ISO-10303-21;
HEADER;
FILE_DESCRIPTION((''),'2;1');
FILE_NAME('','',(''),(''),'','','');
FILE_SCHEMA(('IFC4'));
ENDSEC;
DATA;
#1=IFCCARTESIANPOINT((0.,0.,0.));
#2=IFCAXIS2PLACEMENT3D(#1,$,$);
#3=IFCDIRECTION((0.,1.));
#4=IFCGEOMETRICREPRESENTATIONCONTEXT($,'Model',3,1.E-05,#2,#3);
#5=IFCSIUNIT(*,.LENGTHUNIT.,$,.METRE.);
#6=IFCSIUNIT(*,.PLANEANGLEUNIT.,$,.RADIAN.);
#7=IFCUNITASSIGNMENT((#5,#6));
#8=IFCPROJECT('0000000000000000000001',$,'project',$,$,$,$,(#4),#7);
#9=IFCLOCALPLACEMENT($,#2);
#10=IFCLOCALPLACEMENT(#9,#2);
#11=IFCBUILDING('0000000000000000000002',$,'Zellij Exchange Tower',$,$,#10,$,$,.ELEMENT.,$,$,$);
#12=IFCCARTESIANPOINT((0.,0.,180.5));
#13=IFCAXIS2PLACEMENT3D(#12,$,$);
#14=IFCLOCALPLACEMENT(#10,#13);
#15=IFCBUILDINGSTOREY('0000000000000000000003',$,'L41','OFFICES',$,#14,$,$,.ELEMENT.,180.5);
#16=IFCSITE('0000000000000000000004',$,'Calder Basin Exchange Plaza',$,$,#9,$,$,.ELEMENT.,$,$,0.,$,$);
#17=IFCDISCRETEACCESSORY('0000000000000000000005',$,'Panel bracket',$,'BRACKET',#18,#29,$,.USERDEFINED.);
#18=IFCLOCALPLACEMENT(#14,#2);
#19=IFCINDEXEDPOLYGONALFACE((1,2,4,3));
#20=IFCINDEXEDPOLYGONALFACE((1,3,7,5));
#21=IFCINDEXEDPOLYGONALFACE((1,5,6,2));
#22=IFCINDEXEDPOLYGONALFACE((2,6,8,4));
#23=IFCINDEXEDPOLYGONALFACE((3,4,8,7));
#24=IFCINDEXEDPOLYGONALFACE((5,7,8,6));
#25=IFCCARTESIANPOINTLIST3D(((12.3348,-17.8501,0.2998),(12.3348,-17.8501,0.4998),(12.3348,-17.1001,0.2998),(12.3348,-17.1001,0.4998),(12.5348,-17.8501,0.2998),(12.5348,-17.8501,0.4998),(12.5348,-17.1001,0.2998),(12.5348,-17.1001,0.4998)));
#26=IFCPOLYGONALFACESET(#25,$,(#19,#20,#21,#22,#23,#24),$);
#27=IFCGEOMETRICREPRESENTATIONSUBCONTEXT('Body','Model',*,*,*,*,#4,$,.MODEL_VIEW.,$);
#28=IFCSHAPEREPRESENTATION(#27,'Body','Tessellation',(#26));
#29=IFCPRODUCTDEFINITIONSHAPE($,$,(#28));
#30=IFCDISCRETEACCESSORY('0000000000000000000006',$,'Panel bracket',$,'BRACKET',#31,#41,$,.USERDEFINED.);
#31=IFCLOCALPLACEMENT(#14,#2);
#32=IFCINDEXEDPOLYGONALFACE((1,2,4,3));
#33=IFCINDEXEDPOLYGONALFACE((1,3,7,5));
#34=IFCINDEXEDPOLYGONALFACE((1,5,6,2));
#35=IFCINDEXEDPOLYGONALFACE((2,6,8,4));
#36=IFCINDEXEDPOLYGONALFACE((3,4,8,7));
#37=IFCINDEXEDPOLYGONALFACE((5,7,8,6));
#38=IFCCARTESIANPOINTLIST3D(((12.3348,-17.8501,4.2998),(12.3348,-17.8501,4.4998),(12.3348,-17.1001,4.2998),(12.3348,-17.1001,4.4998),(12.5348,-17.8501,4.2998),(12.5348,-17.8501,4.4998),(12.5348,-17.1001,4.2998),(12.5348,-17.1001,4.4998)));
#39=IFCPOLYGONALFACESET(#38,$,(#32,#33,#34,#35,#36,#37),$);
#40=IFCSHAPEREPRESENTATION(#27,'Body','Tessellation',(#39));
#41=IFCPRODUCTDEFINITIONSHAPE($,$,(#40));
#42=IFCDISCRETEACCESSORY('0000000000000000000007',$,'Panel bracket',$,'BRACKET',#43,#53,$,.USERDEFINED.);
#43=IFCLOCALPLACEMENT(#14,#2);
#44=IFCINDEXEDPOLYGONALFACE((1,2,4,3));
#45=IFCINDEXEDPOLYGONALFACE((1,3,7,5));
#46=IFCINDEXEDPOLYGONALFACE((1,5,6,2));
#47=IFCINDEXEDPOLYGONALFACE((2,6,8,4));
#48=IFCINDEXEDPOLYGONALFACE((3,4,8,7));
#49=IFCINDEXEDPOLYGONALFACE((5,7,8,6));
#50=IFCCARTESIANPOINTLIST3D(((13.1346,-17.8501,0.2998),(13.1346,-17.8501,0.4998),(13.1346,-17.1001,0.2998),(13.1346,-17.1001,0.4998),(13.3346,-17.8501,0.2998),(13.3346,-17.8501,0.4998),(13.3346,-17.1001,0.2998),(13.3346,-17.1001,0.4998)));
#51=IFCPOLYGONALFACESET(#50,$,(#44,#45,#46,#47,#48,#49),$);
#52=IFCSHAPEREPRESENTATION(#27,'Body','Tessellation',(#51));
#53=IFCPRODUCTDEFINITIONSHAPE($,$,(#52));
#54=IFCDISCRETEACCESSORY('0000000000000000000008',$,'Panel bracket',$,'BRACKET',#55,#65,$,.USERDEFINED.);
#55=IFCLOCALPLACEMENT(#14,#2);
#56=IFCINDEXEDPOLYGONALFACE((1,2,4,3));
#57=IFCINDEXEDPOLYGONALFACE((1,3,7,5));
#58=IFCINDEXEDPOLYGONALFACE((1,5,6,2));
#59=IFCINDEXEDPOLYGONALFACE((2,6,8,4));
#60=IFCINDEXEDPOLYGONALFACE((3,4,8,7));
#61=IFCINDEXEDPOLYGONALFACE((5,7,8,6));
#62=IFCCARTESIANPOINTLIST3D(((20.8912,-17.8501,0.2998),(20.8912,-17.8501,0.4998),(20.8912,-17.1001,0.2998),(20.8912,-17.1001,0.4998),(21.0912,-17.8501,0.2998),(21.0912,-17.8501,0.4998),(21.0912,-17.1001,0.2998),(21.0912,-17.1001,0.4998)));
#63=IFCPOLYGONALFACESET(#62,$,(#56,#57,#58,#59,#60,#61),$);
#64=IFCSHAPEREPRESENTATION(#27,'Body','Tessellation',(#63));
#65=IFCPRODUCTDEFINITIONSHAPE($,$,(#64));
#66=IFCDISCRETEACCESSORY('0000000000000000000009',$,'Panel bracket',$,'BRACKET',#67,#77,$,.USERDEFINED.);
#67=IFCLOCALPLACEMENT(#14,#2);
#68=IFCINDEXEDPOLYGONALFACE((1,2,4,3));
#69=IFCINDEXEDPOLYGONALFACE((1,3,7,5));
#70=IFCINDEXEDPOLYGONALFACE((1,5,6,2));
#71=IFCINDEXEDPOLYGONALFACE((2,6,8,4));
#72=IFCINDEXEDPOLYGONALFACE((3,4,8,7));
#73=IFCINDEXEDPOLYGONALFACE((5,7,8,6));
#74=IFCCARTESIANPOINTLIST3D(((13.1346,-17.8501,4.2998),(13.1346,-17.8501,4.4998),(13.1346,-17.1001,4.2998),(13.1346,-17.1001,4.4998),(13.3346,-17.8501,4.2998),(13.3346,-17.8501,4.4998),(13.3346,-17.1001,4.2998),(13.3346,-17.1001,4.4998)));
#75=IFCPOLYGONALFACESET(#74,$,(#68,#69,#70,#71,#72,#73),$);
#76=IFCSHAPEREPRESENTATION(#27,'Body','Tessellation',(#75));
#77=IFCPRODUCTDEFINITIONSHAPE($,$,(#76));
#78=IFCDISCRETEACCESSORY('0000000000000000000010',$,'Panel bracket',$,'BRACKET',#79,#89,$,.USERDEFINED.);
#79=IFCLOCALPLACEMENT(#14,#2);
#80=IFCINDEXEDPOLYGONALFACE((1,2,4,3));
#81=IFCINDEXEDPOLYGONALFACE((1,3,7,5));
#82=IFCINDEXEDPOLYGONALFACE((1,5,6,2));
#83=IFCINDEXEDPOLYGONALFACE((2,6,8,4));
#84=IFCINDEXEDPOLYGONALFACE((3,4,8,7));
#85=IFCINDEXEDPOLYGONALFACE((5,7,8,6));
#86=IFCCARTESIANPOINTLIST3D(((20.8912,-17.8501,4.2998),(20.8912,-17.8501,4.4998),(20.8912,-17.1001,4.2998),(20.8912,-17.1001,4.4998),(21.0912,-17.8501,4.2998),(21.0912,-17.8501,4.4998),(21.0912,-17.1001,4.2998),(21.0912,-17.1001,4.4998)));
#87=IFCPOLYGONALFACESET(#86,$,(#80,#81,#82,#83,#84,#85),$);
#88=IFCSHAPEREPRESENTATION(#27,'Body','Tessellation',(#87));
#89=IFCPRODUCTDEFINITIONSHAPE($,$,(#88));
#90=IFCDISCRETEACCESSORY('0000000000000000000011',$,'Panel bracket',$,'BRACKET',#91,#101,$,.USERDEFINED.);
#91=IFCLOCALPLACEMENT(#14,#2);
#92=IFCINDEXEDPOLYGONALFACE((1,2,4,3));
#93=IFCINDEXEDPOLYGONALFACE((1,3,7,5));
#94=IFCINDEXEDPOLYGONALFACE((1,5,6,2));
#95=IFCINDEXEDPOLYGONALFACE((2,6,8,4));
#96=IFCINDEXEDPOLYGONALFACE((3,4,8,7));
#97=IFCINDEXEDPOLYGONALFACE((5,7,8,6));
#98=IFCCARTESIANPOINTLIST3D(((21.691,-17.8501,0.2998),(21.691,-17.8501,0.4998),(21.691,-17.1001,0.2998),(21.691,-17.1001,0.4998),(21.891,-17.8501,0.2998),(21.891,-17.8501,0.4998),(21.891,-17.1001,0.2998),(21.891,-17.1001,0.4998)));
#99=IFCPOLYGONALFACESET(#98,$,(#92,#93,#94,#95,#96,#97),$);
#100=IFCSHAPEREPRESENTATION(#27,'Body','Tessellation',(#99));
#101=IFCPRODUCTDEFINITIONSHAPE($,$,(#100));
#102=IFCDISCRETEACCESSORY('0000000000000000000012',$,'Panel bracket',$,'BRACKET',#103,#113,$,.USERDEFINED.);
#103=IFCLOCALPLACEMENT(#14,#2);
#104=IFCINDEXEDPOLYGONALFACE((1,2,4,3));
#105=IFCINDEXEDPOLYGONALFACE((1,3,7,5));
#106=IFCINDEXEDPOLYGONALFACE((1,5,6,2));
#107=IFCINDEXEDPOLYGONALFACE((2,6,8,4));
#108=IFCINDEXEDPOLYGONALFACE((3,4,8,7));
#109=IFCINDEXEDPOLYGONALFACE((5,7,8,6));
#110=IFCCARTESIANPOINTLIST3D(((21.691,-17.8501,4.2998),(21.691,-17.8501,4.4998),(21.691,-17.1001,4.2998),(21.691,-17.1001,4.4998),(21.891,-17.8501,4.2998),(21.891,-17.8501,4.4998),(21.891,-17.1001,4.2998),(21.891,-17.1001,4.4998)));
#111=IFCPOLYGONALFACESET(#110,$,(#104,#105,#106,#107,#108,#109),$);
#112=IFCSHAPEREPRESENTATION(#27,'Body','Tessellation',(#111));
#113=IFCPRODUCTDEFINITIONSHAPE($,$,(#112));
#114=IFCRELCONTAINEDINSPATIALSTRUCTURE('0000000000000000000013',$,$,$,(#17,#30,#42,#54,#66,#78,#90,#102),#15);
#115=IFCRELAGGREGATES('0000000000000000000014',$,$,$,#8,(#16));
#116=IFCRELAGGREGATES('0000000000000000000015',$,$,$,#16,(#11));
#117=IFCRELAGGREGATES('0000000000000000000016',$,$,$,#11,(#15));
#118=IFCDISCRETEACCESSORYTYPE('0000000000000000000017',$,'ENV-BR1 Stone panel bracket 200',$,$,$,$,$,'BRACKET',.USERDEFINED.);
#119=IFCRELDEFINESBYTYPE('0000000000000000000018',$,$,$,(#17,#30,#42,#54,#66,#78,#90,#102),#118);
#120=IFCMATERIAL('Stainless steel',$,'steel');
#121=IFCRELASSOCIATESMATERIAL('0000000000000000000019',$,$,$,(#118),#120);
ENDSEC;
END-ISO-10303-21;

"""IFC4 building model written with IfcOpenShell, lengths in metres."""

from ifc_helpers import new_model, si_unit, direction, frame, origin, origin_2d, place, context, subcontext, project, spatial, rectangle, extrude, material, type_object, element, save


model = new_model("IFC4")

# Units and contexts
model_context = context("Model", 3, precision=1e-05, world=origin(), true_north=direction((0.0, 1.0)))
body_context = subcontext(model_context, "Body", "Model", "MODEL_VIEW")
ifc_project = project(units=[si_unit("LENGTHUNIT", "METRE"), si_unit("PLANEANGLEUNIT", "RADIAN")], contexts=[model_context])

# Site, building, storey
site_placement = place(None, origin())
site = spatial("IfcSite", under=ifc_project, at=site_placement, Name="Calder Basin Exchange Plaza", CompositionType="ELEMENT", RefElevation=0.0)
building_placement = place(site_placement, origin())
building = spatial("IfcBuilding", under=site, at=building_placement, Name="Zellij Exchange Tower", CompositionType="ELEMENT")
storey_placement = place(building_placement, frame((0.0, 0.0, 180.5)))
storey = spatial("IfcBuildingStorey", under=building, at=storey_placement, Name="L41", Description="OFFICES", CompositionType="ELEMENT", Elevation=180.5)

# Shared definitions
ifc_material_1 = material(Name="Stainless steel", Category="steel")

# Discrete accessories
discrete_accessory_type = type_object("IfcDiscreteAccessoryType", Name="ENV-BR1 Stone panel bracket 200", ElementType="BRACKET", PredefinedType="USERDEFINED", material=ifc_material_1)
for number, where, z_axis, x_axis, name in (
    (1, (12.4348, -17.4751, 0.2998), (0.0, 0.0, 1.0), (1.0, 0.0, 0.0), "Panel bracket"),
    (2, (12.4348, -17.4751, 4.2998), (0.0, 0.0, 1.0), (1.0, 0.0, 0.0), "Panel bracket"),
    (3, (13.2346, -17.4751, 0.2998), (0.0, 0.0, 1.0), (1.0, 0.0, 0.0), "Panel bracket"),
    (4, (20.9912, -17.4751, 0.2998), (0.0, 0.0, 1.0), (1.0, 0.0, 0.0), "Panel bracket"),
    (5, (13.2346, -17.4751, 4.2998), (0.0, 0.0, 1.0), (1.0, 0.0, 0.0), "Panel bracket"),
    (6, (20.9912, -17.4751, 4.2998), (0.0, 0.0, 1.0), (1.0, 0.0, 0.0), "Panel bracket"),
    (7, (21.791, -17.4751, 0.2998), (0.0, 0.0, 1.0), (1.0, 0.0, 0.0), "Panel bracket"),
    (8, (21.791, -17.4751, 4.2998), (0.0, 0.0, 1.0), (1.0, 0.0, 0.0), "Panel bracket"),
):
    element("IfcDiscreteAccessory", number, at=place(storey_placement, frame(where, z_axis=z_axis, x_axis=x_axis)), inside=storey, type_object=discrete_accessory_type, Name=name, ObjectType="BRACKET", PredefinedType="USERDEFINED", context=body_context, shape_type="SweptSolid", body=[
        extrude(rectangle(XDim=0.2, YDim=0.75, at=origin_2d()), origin(), (0.0, 0.0, 1.0), 0.2),
    ])

save(model, "model.ifc")
